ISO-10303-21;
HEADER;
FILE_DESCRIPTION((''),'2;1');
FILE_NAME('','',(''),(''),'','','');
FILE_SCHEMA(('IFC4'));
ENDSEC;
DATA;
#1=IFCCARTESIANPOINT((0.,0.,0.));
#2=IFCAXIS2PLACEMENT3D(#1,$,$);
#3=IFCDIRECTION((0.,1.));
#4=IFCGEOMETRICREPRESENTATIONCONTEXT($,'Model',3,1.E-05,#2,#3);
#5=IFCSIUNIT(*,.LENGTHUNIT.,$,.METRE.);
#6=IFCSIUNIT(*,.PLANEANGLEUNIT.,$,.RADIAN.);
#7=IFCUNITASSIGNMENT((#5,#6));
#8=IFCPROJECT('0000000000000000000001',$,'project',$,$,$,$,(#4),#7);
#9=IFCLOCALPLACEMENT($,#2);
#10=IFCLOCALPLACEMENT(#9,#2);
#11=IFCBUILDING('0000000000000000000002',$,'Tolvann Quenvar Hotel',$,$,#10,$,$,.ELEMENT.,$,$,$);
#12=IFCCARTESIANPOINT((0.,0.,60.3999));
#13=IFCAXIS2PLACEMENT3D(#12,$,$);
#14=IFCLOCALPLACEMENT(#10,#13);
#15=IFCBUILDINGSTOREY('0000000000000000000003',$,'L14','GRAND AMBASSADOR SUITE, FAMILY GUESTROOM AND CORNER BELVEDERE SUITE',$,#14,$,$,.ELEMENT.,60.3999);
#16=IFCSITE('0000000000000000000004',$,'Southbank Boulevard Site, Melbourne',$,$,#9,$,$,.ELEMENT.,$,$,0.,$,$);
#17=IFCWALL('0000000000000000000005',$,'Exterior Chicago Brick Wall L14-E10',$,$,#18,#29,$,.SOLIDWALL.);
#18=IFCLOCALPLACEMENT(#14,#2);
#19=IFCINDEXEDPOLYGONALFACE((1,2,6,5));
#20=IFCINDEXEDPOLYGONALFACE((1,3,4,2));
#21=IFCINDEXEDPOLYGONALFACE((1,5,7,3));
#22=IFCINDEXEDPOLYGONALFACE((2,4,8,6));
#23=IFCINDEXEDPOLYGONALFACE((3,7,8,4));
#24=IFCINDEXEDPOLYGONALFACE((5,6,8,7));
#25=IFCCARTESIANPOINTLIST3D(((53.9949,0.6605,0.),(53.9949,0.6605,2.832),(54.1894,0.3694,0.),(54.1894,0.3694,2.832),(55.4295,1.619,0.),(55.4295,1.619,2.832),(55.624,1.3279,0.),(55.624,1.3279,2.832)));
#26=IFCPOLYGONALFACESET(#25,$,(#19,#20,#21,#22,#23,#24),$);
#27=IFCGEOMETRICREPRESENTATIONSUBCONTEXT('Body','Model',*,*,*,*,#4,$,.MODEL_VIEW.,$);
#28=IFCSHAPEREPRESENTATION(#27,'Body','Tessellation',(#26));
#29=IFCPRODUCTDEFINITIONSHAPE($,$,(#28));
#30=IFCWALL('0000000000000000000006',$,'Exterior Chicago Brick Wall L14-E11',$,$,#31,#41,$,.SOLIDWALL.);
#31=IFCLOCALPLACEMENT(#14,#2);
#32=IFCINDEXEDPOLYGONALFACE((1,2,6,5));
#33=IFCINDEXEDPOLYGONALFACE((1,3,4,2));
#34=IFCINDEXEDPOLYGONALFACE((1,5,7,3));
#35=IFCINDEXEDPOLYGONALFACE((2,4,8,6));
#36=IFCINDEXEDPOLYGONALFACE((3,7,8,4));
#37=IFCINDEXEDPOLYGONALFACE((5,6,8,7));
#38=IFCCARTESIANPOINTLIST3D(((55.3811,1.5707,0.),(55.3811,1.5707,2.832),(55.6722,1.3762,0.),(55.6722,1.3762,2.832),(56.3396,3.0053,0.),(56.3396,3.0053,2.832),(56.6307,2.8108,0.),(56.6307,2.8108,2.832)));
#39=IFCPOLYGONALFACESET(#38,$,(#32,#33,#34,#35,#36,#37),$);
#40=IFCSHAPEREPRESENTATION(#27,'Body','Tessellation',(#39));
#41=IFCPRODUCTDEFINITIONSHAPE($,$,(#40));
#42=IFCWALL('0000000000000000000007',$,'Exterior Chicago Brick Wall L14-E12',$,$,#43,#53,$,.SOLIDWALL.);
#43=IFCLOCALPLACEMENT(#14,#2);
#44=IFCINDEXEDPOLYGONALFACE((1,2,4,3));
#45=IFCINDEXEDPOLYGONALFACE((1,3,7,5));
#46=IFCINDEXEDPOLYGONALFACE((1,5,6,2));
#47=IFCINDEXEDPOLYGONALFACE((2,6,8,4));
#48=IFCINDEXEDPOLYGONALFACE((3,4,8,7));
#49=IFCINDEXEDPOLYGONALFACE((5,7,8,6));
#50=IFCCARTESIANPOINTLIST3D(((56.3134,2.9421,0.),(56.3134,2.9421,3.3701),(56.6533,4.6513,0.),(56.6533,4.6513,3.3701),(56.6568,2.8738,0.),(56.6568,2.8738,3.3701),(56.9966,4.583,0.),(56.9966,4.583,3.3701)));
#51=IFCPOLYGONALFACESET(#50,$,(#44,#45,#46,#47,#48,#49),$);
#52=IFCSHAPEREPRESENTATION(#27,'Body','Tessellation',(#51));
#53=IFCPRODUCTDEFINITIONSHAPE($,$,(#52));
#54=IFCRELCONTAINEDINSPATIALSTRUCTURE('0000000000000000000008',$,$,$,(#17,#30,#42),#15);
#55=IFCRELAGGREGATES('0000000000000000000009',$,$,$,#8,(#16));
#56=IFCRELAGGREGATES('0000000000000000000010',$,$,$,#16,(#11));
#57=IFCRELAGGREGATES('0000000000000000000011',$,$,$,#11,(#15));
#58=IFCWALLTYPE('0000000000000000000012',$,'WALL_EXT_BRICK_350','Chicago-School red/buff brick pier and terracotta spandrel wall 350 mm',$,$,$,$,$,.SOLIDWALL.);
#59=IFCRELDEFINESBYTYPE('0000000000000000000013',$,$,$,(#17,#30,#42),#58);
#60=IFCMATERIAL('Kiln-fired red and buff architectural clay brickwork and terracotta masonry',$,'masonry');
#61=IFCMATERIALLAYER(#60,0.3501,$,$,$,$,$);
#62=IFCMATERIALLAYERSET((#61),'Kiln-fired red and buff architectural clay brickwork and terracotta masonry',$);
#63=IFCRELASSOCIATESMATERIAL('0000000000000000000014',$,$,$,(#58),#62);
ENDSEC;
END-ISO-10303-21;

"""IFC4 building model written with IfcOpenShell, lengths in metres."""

from ifc_helpers import new_model, si_unit, direction, frame, frame_2d, origin, place, context, subcontext, project, spatial, rectangle, extrude, material, layer, layer_set, type_object, element, save


model = new_model("IFC4")

# Units and contexts
model_context = context("Model", 3, precision=1e-05, world=origin(), true_north=direction((0.0, 1.0)))
body_context = subcontext(model_context, "Body", "Model", "MODEL_VIEW")
ifc_project = project(units=[si_unit("LENGTHUNIT", "METRE"), si_unit("PLANEANGLEUNIT", "RADIAN")], contexts=[model_context])

# Site, building, storey
site_placement = place(None, origin())
site = spatial("IfcSite", under=ifc_project, at=site_placement, Name="Southbank Boulevard Site, Melbourne", CompositionType="ELEMENT", RefElevation=0.0)
building_placement = place(site_placement, origin())
building = spatial("IfcBuilding", under=site, at=building_placement, Name="Tolvann Quenvar Hotel", CompositionType="ELEMENT")
storey_placement = place(building_placement, frame((0.0, 0.0, 60.3999)))
storey = spatial("IfcBuildingStorey", under=building, at=storey_placement, Name="L14", Description="GRAND AMBASSADOR SUITE, FAMILY GUESTROOM AND CORNER BELVEDERE SUITE", CompositionType="ELEMENT", Elevation=60.3999)

# Walls
ifc_material_1 = material(Name="Kiln-fired red and buff architectural clay brickwork and terracotta masonry", Category="masonry")
ifc_layer_1 = layer(ifc_material_1, 0.3501)
ifc_layer_set_1 = layer_set([ifc_layer_1], Name="Kiln-fired red and buff architectural clay brickwork and terracotta masonry")
wall_type_1 = type_object("IfcWallType", Name="WALL_EXT_BRICK_350", Description="Chicago-School red/buff brick pier and terracotta spandrel wall 350 mm", PredefinedType="SOLIDWALL", material=ifc_layer_set_1)
for number, where, z_axis, x_axis, name in (
    (1, (54.092, 0.5149, 0.0), (0.0, 0.0, 1.0), (0.831484, 0.555549, 0.0), "Exterior Chicago Brick Wall L14-E10"),
    (2, (55.5266, 1.4734, 0.0), (0.0, 0.0, 1.0), (0.555549, 0.831484, 0.0), "Exterior Chicago Brick Wall L14-E11"),
):
    element("IfcWall", number, at=place(storey_placement, frame(where, z_axis=z_axis, x_axis=x_axis)), inside=storey, type_object=wall_type_1, Name=name, PredefinedType="SOLIDWALL", context=body_context, shape_type="SweptSolid", body=[
        extrude(rectangle(XDim=1.7253, YDim=0.3501, at=frame_2d((0.8628, 0.0))), origin(), (0.0, 0.0, 1.0), 2.832),
    ])
wall_1_placement = place(storey_placement, frame((56.4851, 2.908, 0.0), z_axis=(0.0, 0.0, 1.0), x_axis=(0.195011, 0.980801, 0.0)))
element("IfcWall", 3, at=wall_1_placement, inside=storey, type_object=wall_type_1, Name="Exterior Chicago Brick Wall L14-E12", PredefinedType="SOLIDWALL", context=body_context, shape_type="SweptSolid", body=[
    extrude(rectangle(XDim=1.7427, YDim=0.3501, at=frame_2d((0.8713, 0.0))), origin(), (0.0, 0.0, 1.0), 3.3701),
])

save(model, "model.ifc")
